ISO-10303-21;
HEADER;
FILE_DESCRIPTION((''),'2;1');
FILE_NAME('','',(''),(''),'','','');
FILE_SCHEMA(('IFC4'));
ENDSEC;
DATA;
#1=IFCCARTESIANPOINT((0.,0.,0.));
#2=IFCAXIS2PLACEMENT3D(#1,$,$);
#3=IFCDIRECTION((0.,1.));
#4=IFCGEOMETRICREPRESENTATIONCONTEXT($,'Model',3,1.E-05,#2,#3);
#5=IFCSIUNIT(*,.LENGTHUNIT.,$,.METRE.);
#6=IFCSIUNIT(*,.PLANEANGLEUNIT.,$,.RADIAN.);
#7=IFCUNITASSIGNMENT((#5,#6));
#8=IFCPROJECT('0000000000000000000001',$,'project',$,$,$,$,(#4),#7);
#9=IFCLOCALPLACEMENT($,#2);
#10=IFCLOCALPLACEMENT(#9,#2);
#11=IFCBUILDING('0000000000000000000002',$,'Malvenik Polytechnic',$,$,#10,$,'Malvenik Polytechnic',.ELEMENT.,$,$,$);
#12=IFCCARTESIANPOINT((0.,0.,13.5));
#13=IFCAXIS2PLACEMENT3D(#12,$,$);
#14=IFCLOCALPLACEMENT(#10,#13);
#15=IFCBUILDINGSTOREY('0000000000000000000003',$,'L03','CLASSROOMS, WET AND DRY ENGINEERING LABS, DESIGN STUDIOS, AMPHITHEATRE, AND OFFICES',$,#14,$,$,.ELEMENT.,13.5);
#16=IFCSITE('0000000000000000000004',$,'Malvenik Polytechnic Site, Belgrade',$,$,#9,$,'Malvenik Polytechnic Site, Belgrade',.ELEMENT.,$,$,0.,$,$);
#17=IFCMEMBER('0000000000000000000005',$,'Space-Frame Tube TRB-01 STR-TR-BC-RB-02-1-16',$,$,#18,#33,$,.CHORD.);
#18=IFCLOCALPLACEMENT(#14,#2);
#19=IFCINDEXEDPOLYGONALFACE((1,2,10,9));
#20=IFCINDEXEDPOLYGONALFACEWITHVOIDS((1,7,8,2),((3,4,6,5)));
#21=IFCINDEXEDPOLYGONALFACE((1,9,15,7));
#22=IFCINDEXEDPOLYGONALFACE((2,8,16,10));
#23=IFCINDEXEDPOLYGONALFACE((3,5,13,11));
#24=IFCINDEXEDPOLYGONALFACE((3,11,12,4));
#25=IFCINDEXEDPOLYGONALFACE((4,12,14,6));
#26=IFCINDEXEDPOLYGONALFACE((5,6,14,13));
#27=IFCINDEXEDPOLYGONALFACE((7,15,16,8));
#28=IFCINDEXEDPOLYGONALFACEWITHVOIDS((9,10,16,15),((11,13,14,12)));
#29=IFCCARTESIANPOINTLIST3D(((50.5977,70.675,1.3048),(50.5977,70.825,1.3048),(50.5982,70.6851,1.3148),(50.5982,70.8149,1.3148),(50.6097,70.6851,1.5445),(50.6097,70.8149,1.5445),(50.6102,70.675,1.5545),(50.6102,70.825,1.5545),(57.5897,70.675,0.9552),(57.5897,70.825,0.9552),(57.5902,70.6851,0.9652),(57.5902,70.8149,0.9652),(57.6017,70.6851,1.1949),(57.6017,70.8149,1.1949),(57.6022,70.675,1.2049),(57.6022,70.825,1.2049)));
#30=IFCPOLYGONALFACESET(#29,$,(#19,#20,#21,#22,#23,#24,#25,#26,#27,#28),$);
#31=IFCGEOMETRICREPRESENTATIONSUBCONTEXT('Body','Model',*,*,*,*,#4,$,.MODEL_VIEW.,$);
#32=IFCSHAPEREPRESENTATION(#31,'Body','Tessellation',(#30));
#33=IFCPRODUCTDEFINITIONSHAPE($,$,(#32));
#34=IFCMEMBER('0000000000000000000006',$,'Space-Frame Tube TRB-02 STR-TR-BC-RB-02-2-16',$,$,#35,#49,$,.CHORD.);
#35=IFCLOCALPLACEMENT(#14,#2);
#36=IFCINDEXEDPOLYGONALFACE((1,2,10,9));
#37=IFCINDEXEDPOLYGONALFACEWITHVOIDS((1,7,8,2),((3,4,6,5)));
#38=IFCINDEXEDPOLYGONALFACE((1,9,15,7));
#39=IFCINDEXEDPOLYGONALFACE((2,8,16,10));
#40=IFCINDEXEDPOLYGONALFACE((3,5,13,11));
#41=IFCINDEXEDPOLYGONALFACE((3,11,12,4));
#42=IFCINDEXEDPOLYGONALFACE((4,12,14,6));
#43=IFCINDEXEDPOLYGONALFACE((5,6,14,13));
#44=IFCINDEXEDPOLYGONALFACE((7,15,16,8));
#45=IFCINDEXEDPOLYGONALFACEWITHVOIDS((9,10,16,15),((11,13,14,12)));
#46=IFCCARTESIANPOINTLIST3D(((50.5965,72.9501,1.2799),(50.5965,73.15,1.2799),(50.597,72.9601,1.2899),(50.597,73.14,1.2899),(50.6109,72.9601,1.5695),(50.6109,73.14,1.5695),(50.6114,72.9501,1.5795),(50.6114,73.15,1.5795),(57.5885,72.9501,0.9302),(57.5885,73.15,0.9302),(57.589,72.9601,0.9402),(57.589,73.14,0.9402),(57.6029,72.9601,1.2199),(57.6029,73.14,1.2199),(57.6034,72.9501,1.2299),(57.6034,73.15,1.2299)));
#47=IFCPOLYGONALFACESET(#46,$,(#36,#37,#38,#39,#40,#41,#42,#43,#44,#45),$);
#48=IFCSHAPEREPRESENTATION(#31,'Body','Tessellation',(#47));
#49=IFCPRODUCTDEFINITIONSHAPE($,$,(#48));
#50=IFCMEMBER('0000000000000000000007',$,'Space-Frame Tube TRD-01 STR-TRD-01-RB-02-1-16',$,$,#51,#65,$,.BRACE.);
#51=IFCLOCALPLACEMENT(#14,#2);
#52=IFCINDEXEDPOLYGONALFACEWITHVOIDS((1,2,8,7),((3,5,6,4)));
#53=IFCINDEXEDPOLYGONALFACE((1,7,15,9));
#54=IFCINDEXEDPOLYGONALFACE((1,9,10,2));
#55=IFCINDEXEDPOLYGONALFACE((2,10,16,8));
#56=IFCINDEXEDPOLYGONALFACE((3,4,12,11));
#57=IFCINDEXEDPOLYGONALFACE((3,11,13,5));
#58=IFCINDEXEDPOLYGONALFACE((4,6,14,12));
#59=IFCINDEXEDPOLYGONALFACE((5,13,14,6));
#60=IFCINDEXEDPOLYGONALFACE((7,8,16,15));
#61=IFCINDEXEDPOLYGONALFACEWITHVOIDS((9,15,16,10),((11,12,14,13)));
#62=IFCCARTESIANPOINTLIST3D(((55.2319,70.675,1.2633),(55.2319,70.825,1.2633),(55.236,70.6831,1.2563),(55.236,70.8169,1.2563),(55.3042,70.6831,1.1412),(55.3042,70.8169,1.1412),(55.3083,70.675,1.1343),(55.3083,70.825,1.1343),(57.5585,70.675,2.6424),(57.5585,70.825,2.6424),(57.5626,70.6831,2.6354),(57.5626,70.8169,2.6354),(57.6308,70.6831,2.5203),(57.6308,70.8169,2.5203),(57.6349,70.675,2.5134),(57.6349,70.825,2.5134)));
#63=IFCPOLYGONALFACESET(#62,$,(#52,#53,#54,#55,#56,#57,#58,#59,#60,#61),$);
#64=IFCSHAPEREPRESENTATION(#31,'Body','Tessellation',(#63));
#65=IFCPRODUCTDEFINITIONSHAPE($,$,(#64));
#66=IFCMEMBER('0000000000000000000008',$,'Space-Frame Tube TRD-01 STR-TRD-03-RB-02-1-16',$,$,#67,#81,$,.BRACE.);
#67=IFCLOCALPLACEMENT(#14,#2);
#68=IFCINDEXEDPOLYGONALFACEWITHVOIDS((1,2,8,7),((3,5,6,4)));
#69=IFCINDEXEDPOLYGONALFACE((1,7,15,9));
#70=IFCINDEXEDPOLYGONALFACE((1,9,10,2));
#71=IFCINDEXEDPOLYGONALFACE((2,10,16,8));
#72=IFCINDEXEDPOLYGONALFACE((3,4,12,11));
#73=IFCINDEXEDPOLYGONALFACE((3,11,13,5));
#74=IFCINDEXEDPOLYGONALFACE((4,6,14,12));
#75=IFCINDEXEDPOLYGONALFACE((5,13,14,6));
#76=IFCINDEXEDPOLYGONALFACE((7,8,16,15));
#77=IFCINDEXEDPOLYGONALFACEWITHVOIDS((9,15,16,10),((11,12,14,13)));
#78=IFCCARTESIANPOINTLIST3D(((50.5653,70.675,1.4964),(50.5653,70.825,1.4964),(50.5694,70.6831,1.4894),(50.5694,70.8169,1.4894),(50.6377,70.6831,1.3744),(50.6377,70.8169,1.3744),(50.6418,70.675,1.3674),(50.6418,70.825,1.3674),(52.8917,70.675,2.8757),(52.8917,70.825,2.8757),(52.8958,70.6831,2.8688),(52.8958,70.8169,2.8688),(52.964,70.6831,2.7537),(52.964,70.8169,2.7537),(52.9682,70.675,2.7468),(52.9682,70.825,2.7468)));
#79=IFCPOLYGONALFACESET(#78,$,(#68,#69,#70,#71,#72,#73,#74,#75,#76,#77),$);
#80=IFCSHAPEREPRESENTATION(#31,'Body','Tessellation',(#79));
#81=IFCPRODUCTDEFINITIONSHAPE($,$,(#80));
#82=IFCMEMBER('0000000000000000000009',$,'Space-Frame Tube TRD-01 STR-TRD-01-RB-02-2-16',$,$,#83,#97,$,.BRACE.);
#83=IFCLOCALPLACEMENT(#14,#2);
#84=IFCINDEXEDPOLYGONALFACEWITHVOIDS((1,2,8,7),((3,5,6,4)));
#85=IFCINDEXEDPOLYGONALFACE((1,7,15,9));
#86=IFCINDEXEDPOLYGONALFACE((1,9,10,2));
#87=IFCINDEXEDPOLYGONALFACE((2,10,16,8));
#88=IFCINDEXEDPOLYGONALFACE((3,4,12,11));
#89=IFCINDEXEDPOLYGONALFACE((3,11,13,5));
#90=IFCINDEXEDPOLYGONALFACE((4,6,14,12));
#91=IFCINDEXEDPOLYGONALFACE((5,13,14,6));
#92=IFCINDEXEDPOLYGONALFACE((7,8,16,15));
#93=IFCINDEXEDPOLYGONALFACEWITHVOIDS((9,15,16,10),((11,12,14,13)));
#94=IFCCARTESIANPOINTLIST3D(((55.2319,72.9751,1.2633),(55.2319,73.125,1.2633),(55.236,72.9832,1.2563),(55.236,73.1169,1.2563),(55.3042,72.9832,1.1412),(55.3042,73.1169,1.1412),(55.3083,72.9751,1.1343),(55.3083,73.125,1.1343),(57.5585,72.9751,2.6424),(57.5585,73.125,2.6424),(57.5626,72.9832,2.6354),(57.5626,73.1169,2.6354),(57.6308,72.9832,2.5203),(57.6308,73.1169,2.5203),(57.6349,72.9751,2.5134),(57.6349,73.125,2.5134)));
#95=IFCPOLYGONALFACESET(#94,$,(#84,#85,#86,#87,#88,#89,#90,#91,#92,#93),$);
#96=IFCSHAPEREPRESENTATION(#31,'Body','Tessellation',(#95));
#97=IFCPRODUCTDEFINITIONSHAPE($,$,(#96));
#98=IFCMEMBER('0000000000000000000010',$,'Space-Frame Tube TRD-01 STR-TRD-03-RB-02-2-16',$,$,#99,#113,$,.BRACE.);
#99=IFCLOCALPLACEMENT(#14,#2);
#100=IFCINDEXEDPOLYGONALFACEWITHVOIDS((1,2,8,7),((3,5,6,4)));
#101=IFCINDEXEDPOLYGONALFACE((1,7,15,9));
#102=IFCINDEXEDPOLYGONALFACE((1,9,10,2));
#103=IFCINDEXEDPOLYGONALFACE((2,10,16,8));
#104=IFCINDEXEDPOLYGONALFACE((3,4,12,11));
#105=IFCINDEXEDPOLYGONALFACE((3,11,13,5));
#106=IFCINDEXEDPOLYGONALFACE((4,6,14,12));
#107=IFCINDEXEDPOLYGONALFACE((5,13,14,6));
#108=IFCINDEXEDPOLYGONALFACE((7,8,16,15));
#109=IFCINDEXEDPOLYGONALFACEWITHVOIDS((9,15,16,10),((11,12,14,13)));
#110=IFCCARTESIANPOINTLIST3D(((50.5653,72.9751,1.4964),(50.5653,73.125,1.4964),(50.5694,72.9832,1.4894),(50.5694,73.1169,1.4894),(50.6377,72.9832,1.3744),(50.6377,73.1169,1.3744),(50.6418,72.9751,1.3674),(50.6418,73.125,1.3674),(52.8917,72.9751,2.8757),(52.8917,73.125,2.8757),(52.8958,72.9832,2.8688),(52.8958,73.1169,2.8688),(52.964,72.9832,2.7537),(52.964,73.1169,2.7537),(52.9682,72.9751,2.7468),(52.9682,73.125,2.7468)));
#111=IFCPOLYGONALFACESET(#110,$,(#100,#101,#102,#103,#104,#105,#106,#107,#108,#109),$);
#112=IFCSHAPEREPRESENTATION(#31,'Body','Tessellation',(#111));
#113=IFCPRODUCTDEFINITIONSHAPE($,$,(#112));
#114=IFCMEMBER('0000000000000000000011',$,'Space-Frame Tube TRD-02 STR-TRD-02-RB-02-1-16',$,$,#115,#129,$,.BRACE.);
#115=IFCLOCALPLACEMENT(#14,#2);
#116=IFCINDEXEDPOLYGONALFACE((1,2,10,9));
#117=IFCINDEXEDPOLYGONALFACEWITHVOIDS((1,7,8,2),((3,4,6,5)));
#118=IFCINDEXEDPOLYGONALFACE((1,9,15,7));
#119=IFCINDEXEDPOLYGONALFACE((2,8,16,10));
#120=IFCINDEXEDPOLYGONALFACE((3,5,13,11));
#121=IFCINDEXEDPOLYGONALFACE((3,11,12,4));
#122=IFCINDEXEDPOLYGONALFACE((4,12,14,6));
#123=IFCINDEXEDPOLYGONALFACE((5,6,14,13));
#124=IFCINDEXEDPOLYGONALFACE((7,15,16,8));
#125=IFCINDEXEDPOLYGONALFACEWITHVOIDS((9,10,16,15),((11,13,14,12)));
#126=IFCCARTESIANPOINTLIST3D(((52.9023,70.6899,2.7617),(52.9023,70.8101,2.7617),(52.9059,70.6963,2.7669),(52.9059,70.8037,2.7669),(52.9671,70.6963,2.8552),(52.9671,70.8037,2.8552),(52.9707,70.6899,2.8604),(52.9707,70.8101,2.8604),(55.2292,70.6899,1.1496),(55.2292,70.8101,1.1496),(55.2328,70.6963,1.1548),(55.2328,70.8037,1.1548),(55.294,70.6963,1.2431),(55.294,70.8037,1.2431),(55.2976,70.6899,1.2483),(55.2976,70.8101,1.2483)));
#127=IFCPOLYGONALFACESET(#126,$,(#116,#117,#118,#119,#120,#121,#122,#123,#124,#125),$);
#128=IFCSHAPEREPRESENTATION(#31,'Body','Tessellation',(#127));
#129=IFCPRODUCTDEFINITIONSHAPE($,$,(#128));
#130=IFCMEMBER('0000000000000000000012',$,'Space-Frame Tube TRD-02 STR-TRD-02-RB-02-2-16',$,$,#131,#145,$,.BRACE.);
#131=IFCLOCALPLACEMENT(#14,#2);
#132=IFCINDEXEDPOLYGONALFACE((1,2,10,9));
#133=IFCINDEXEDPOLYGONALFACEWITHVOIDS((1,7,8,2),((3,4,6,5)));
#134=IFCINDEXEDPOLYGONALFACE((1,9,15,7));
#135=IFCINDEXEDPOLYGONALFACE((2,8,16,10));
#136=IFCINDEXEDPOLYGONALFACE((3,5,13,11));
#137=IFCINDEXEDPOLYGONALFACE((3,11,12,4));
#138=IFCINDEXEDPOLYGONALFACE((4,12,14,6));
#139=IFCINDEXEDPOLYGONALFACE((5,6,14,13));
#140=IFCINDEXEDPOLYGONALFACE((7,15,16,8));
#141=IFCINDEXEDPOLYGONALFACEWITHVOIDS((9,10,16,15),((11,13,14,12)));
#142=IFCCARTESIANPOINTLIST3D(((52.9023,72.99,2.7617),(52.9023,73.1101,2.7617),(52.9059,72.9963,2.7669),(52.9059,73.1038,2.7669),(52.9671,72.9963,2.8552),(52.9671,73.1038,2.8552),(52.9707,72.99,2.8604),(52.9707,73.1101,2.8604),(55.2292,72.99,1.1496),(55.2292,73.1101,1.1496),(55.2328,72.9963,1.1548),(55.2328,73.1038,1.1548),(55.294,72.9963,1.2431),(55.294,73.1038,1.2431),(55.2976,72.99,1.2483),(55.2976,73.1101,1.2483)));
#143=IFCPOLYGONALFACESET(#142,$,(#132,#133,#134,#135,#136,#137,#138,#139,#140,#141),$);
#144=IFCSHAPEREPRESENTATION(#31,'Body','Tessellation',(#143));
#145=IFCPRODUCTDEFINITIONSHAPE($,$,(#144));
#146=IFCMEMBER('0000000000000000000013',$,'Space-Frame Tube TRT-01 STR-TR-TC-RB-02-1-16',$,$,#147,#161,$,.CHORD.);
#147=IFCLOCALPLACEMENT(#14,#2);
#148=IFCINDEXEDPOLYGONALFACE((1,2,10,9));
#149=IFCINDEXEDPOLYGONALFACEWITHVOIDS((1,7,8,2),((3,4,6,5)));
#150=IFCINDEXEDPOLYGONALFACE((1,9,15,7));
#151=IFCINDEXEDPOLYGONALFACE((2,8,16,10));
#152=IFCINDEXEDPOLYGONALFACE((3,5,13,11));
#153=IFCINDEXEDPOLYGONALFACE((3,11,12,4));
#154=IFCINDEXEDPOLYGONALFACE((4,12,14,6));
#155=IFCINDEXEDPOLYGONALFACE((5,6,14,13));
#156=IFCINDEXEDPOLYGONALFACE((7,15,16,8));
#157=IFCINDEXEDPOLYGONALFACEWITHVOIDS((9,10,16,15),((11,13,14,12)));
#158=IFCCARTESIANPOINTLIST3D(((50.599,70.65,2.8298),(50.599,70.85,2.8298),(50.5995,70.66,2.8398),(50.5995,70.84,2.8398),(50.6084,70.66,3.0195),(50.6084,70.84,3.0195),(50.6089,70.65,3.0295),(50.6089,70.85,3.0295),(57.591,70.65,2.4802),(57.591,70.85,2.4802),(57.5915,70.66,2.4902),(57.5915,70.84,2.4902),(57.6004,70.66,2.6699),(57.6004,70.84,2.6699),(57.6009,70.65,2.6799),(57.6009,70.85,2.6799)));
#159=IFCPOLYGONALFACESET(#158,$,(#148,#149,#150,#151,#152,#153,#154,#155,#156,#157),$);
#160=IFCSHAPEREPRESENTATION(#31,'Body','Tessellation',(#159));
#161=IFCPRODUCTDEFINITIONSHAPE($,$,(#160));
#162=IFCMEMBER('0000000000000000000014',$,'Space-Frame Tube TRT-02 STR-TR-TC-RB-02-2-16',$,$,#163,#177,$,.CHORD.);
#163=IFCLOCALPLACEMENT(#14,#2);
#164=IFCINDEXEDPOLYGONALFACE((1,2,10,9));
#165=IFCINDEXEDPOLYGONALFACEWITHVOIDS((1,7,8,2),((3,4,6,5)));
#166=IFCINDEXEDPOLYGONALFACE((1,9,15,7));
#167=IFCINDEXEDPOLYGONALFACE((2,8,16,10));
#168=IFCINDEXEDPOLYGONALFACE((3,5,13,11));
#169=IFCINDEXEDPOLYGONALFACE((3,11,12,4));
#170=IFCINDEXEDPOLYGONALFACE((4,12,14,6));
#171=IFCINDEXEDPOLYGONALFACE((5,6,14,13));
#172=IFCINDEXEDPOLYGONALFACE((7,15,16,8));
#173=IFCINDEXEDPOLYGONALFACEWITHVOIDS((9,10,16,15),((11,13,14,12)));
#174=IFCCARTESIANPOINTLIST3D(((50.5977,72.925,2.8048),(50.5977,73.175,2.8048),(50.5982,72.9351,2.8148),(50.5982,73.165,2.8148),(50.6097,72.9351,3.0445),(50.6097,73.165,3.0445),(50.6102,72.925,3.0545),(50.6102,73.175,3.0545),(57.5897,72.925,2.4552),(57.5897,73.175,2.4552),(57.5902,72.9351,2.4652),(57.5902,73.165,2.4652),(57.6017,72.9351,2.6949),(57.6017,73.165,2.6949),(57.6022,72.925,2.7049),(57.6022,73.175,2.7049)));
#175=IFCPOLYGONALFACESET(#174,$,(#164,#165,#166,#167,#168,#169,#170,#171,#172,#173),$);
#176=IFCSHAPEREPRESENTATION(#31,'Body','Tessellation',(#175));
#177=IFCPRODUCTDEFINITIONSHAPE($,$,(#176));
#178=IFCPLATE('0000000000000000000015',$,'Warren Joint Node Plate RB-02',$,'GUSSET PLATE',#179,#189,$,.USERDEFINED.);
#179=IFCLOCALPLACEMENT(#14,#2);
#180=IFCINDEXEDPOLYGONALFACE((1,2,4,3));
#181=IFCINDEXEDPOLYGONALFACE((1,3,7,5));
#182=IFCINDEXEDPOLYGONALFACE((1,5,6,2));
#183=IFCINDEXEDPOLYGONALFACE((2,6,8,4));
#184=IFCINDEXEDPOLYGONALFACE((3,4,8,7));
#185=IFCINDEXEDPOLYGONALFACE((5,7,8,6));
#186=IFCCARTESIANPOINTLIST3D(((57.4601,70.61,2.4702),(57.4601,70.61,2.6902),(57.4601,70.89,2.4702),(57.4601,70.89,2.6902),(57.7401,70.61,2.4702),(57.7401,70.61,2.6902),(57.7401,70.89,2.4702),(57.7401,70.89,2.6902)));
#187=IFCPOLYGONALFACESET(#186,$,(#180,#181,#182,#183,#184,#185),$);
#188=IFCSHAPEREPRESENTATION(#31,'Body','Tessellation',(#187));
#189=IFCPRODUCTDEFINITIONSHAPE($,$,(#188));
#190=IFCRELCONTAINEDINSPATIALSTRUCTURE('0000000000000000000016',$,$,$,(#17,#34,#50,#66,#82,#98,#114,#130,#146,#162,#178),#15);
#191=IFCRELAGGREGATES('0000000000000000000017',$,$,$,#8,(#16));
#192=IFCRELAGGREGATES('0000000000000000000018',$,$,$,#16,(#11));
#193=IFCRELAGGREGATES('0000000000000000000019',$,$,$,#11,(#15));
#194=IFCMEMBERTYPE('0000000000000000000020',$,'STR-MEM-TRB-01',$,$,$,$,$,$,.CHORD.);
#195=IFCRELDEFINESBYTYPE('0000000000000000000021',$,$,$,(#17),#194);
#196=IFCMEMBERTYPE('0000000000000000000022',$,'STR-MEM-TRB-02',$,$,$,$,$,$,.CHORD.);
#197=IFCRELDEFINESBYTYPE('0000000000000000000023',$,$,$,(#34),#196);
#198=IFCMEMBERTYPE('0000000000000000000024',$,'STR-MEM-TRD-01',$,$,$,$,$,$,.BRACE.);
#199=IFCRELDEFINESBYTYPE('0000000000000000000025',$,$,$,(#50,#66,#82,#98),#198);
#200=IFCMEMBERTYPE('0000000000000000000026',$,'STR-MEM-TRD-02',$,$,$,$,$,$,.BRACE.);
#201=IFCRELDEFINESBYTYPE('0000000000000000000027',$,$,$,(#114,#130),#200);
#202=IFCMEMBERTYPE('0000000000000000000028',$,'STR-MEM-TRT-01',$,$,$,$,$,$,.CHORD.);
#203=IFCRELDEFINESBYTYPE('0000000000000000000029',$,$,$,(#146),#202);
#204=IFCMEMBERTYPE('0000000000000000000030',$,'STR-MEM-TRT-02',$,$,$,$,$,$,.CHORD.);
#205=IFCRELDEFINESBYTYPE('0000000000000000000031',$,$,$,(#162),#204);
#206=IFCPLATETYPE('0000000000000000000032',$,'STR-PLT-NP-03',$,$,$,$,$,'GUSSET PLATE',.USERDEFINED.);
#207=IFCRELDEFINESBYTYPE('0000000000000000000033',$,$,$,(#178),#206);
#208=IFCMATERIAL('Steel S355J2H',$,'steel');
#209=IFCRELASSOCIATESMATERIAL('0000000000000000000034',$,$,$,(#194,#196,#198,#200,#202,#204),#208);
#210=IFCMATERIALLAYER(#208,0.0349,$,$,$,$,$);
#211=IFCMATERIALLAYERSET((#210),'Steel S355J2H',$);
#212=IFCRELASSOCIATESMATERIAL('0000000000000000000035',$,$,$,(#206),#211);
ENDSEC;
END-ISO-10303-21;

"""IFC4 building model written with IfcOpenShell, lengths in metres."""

from ifc_helpers import new_model, si_unit, direction, frame, origin, origin_2d, place, context, subcontext, project, spatial, rectangle, hollow_rectangle, extrude, material, layer, layer_set, material_profile, profile_set, type_object, element, save


model = new_model("IFC4")

# Units and contexts
model_context = context("Model", 3, precision=1e-05, world=origin(), true_north=direction((0.0, 1.0)))
body_context = subcontext(model_context, "Body", "Model", "MODEL_VIEW")
ifc_project = project(units=[si_unit("LENGTHUNIT", "METRE"), si_unit("PLANEANGLEUNIT", "RADIAN")], contexts=[model_context])

# Site, building, storey
site_placement = place(None, origin())
site = spatial("IfcSite", under=ifc_project, at=site_placement, Name="Malvenik Polytechnic Site, Belgrade", LongName="Malvenik Polytechnic Site, Belgrade", CompositionType="ELEMENT", RefElevation=0.0)
building_placement = place(site_placement, origin())
building = spatial("IfcBuilding", under=site, at=building_placement, Name="Malvenik Polytechnic", LongName="Malvenik Polytechnic", CompositionType="ELEMENT")
storey_placement = place(building_placement, frame((0.0, 0.0, 13.5)))
storey = spatial("IfcBuildingStorey", under=building, at=storey_placement, Name="L03", Description="CLASSROOMS, WET AND DRY ENGINEERING LABS, DESIGN STUDIOS, AMPHITHEATRE, AND OFFICES", CompositionType="ELEMENT", Elevation=13.5)

# Shared definitions
ifc_material_1 = material(Name="Steel S355J2H", Category="steel")

# Members
ifc_material_profile_1 = material_profile(ifc_material_1, hollow_rectangle(XDim=0.1499, YDim=0.25, WallThickness=0.01, at=origin_2d()), Name="RHS 250x150x10.0")
ifc_profile_set_1 = profile_set([ifc_material_profile_1], Name="Steel S355J2H")
member_type_1 = type_object("IfcMemberType", Name="STR-MEM-TRB-01", PredefinedType="CHORD", material=ifc_profile_set_1)
member_1_placement = place(storey_placement, frame((57.5959, 70.75, 1.0801), z_axis=(-0.998752, 0.0, 0.049939), x_axis=(0.0, -1.0, 0.0)))
element("IfcMember", 1, at=member_1_placement, inside=storey, type_object=member_type_1, Name="Space-Frame Tube TRB-01 STR-TR-BC-RB-02-1-16", PredefinedType="CHORD", context=body_context, shape_type="SweptSolid", body=[
    extrude(hollow_rectangle(XDim=0.1499, YDim=0.25, WallThickness=0.01, at=origin_2d()), origin(), (0.0, 0.0, 1.0), 7.0007),
])
ifc_material_profile_2 = material_profile(ifc_material_1, hollow_rectangle(XDim=0.2, YDim=0.3, WallThickness=0.01, at=origin_2d()), Name="RHS 300x200x10.0")
ifc_profile_set_2 = profile_set([ifc_material_profile_2], Name="Steel S355J2H")
member_type_2 = type_object("IfcMemberType", Name="STR-MEM-TRB-02", PredefinedType="CHORD", material=ifc_profile_set_2)
member_2_placement = place(storey_placement, frame((57.5959, 73.05, 1.0801), z_axis=(-0.998752, 0.0, 0.049939), x_axis=(0.0, -1.0, 0.0)))
element("IfcMember", 2, at=member_2_placement, inside=storey, type_object=member_type_2, Name="Space-Frame Tube TRB-02 STR-TR-BC-RB-02-2-16", PredefinedType="CHORD", context=body_context, shape_type="SweptSolid", body=[
    extrude(hollow_rectangle(XDim=0.2, YDim=0.3, WallThickness=0.01, at=origin_2d()), origin(), (0.0, 0.0, 1.0), 7.0007),
])
ifc_material_profile_3 = material_profile(ifc_material_1, hollow_rectangle(XDim=0.1499, YDim=0.1499, WallThickness=0.0081, at=origin_2d()), Name="SHS 150x150x8.0")
ifc_profile_set_3 = profile_set([ifc_material_profile_3], Name="Steel S355J2H")
member_type_3 = type_object("IfcMemberType", Name="STR-MEM-TRD-01", PredefinedType="BRACE", material=ifc_profile_set_3)
for number, where, z_axis, x_axis, name in (
    (3, (57.5967, 70.75, 2.5779), (-0.860228, 0.0, -0.509909), (0.0, -1.0, 0.0), "Space-Frame Tube TRD-01 STR-TRD-01-RB-02-1-16"),
    (4, (52.9299, 70.75, 2.8113), (-0.860165, 0.0, -0.510015), (0.0, -1.0, 0.0), "Space-Frame Tube TRD-01 STR-TRD-03-RB-02-1-16"),
    (5, (57.5967, 73.05, 2.5779), (-0.860228, 0.0, -0.509909), (0.0, -1.0, 0.0), "Space-Frame Tube TRD-01 STR-TRD-01-RB-02-2-16"),
    (6, (52.9299, 73.05, 2.8113), (-0.860165, 0.0, -0.510015), (0.0, -1.0, 0.0), "Space-Frame Tube TRD-01 STR-TRD-03-RB-02-2-16"),
):
    element("IfcMember", number, at=place(storey_placement, frame(where, z_axis=z_axis, x_axis=x_axis)), inside=storey, type_object=member_type_3, Name=name, PredefinedType="BRACE", context=body_context, shape_type="SweptSolid", body=[
        extrude(hollow_rectangle(XDim=0.1499, YDim=0.1499, WallThickness=0.0081, at=origin_2d()), origin(), (0.0, 0.0, 1.0), 2.7046),
    ])
ifc_material_profile_4 = material_profile(ifc_material_1, hollow_rectangle(XDim=0.1201, YDim=0.1201, WallThickness=0.0063, at=origin_2d()), Name="SHS 120x120x6.3")
ifc_profile_set_4 = profile_set([ifc_material_profile_4], Name="Steel S355J2H")
member_type_4 = type_object("IfcMemberType", Name="STR-MEM-TRD-02", PredefinedType="BRACE", material=ifc_profile_set_4)
for number, where, z_axis, x_axis, name in (
    (7, (55.2634, 70.75, 1.199), (-0.822006, 0.0, 0.569479), (0.0, -1.0, 0.0), "Space-Frame Tube TRD-02 STR-TRD-02-RB-02-1-16"),
    (8, (55.2634, 73.05, 1.199), (-0.822006, 0.0, 0.569479), (0.0, -1.0, 0.0), "Space-Frame Tube TRD-02 STR-TRD-02-RB-02-2-16"),
):
    element("IfcMember", number, at=place(storey_placement, frame(where, z_axis=z_axis, x_axis=x_axis)), inside=storey, type_object=member_type_4, Name=name, PredefinedType="BRACE", context=body_context, shape_type="SweptSolid", body=[
        extrude(hollow_rectangle(XDim=0.1201, YDim=0.1201, WallThickness=0.0063, at=origin_2d()), origin(), (0.0, 0.0, 1.0), 2.8308),
    ])
ifc_material_profile_5 = material_profile(ifc_material_1, hollow_rectangle(XDim=0.2, YDim=0.2, WallThickness=0.01, at=origin_2d()), Name="SHS 200x200x10.0")
ifc_profile_set_5 = profile_set([ifc_material_profile_5], Name="Steel S355J2H")
member_type_5 = type_object("IfcMemberType", Name="STR-MEM-TRT-01", PredefinedType="CHORD", material=ifc_profile_set_5)
member_3_placement = place(storey_placement, frame((57.5959, 70.75, 2.5801), z_axis=(-0.998752, 0.0, 0.049939), x_axis=(0.0, -1.0, 0.0)))
element("IfcMember", 9, at=member_3_placement, inside=storey, type_object=member_type_5, Name="Space-Frame Tube TRT-01 STR-TR-TC-RB-02-1-16", PredefinedType="CHORD", context=body_context, shape_type="SweptSolid", body=[
    extrude(hollow_rectangle(XDim=0.2, YDim=0.2, WallThickness=0.01, at=origin_2d()), origin(), (0.0, 0.0, 1.0), 7.0007),
])
ifc_material_profile_6 = material_profile(ifc_material_1, hollow_rectangle(XDim=0.25, YDim=0.25, WallThickness=0.01, at=origin_2d()), Name="SHS 250x250x10.0")
ifc_profile_set_6 = profile_set([ifc_material_profile_6], Name="Steel S355J2H")
member_type_6 = type_object("IfcMemberType", Name="STR-MEM-TRT-02", PredefinedType="CHORD", material=ifc_profile_set_6)
member_4_placement = place(storey_placement, frame((57.5959, 73.05, 2.5801), z_axis=(-0.998752, 0.0, 0.049939), x_axis=(0.0, -1.0, 0.0)))
element("IfcMember", 10, at=member_4_placement, inside=storey, type_object=member_type_6, Name="Space-Frame Tube TRT-02 STR-TR-TC-RB-02-2-16", PredefinedType="CHORD", context=body_context, shape_type="SweptSolid", body=[
    extrude(hollow_rectangle(XDim=0.25, YDim=0.25, WallThickness=0.01, at=origin_2d()), origin(), (0.0, 0.0, 1.0), 7.0007),
])

# Plate
ifc_layer_1 = layer(ifc_material_1, 0.0349)
ifc_layer_set_1 = layer_set([ifc_layer_1], Name="Steel S355J2H")
plate_type = type_object("IfcPlateType", Name="STR-PLT-NP-03", ElementType="GUSSET PLATE", PredefinedType="USERDEFINED", material=ifc_layer_set_1)
for number, where, z_axis, x_axis, name in (
    (11, (57.6001, 70.75, 2.4702), (0.0, 0.0, 1.0), (1.0, 0.0, 0.0), "Warren Joint Node Plate RB-02"),
):
    element("IfcPlate", number, at=place(storey_placement, frame(where, z_axis=z_axis, x_axis=x_axis)), inside=storey, type_object=plate_type, Name=name, ObjectType="GUSSET PLATE", PredefinedType="USERDEFINED", context=body_context, shape_type="SweptSolid", body=[
        extrude(rectangle(XDim=0.28, YDim=0.28, at=origin_2d()), origin(), (0.0, 0.0, 1.0), 0.22),
    ])

save(model, "model.ifc")
